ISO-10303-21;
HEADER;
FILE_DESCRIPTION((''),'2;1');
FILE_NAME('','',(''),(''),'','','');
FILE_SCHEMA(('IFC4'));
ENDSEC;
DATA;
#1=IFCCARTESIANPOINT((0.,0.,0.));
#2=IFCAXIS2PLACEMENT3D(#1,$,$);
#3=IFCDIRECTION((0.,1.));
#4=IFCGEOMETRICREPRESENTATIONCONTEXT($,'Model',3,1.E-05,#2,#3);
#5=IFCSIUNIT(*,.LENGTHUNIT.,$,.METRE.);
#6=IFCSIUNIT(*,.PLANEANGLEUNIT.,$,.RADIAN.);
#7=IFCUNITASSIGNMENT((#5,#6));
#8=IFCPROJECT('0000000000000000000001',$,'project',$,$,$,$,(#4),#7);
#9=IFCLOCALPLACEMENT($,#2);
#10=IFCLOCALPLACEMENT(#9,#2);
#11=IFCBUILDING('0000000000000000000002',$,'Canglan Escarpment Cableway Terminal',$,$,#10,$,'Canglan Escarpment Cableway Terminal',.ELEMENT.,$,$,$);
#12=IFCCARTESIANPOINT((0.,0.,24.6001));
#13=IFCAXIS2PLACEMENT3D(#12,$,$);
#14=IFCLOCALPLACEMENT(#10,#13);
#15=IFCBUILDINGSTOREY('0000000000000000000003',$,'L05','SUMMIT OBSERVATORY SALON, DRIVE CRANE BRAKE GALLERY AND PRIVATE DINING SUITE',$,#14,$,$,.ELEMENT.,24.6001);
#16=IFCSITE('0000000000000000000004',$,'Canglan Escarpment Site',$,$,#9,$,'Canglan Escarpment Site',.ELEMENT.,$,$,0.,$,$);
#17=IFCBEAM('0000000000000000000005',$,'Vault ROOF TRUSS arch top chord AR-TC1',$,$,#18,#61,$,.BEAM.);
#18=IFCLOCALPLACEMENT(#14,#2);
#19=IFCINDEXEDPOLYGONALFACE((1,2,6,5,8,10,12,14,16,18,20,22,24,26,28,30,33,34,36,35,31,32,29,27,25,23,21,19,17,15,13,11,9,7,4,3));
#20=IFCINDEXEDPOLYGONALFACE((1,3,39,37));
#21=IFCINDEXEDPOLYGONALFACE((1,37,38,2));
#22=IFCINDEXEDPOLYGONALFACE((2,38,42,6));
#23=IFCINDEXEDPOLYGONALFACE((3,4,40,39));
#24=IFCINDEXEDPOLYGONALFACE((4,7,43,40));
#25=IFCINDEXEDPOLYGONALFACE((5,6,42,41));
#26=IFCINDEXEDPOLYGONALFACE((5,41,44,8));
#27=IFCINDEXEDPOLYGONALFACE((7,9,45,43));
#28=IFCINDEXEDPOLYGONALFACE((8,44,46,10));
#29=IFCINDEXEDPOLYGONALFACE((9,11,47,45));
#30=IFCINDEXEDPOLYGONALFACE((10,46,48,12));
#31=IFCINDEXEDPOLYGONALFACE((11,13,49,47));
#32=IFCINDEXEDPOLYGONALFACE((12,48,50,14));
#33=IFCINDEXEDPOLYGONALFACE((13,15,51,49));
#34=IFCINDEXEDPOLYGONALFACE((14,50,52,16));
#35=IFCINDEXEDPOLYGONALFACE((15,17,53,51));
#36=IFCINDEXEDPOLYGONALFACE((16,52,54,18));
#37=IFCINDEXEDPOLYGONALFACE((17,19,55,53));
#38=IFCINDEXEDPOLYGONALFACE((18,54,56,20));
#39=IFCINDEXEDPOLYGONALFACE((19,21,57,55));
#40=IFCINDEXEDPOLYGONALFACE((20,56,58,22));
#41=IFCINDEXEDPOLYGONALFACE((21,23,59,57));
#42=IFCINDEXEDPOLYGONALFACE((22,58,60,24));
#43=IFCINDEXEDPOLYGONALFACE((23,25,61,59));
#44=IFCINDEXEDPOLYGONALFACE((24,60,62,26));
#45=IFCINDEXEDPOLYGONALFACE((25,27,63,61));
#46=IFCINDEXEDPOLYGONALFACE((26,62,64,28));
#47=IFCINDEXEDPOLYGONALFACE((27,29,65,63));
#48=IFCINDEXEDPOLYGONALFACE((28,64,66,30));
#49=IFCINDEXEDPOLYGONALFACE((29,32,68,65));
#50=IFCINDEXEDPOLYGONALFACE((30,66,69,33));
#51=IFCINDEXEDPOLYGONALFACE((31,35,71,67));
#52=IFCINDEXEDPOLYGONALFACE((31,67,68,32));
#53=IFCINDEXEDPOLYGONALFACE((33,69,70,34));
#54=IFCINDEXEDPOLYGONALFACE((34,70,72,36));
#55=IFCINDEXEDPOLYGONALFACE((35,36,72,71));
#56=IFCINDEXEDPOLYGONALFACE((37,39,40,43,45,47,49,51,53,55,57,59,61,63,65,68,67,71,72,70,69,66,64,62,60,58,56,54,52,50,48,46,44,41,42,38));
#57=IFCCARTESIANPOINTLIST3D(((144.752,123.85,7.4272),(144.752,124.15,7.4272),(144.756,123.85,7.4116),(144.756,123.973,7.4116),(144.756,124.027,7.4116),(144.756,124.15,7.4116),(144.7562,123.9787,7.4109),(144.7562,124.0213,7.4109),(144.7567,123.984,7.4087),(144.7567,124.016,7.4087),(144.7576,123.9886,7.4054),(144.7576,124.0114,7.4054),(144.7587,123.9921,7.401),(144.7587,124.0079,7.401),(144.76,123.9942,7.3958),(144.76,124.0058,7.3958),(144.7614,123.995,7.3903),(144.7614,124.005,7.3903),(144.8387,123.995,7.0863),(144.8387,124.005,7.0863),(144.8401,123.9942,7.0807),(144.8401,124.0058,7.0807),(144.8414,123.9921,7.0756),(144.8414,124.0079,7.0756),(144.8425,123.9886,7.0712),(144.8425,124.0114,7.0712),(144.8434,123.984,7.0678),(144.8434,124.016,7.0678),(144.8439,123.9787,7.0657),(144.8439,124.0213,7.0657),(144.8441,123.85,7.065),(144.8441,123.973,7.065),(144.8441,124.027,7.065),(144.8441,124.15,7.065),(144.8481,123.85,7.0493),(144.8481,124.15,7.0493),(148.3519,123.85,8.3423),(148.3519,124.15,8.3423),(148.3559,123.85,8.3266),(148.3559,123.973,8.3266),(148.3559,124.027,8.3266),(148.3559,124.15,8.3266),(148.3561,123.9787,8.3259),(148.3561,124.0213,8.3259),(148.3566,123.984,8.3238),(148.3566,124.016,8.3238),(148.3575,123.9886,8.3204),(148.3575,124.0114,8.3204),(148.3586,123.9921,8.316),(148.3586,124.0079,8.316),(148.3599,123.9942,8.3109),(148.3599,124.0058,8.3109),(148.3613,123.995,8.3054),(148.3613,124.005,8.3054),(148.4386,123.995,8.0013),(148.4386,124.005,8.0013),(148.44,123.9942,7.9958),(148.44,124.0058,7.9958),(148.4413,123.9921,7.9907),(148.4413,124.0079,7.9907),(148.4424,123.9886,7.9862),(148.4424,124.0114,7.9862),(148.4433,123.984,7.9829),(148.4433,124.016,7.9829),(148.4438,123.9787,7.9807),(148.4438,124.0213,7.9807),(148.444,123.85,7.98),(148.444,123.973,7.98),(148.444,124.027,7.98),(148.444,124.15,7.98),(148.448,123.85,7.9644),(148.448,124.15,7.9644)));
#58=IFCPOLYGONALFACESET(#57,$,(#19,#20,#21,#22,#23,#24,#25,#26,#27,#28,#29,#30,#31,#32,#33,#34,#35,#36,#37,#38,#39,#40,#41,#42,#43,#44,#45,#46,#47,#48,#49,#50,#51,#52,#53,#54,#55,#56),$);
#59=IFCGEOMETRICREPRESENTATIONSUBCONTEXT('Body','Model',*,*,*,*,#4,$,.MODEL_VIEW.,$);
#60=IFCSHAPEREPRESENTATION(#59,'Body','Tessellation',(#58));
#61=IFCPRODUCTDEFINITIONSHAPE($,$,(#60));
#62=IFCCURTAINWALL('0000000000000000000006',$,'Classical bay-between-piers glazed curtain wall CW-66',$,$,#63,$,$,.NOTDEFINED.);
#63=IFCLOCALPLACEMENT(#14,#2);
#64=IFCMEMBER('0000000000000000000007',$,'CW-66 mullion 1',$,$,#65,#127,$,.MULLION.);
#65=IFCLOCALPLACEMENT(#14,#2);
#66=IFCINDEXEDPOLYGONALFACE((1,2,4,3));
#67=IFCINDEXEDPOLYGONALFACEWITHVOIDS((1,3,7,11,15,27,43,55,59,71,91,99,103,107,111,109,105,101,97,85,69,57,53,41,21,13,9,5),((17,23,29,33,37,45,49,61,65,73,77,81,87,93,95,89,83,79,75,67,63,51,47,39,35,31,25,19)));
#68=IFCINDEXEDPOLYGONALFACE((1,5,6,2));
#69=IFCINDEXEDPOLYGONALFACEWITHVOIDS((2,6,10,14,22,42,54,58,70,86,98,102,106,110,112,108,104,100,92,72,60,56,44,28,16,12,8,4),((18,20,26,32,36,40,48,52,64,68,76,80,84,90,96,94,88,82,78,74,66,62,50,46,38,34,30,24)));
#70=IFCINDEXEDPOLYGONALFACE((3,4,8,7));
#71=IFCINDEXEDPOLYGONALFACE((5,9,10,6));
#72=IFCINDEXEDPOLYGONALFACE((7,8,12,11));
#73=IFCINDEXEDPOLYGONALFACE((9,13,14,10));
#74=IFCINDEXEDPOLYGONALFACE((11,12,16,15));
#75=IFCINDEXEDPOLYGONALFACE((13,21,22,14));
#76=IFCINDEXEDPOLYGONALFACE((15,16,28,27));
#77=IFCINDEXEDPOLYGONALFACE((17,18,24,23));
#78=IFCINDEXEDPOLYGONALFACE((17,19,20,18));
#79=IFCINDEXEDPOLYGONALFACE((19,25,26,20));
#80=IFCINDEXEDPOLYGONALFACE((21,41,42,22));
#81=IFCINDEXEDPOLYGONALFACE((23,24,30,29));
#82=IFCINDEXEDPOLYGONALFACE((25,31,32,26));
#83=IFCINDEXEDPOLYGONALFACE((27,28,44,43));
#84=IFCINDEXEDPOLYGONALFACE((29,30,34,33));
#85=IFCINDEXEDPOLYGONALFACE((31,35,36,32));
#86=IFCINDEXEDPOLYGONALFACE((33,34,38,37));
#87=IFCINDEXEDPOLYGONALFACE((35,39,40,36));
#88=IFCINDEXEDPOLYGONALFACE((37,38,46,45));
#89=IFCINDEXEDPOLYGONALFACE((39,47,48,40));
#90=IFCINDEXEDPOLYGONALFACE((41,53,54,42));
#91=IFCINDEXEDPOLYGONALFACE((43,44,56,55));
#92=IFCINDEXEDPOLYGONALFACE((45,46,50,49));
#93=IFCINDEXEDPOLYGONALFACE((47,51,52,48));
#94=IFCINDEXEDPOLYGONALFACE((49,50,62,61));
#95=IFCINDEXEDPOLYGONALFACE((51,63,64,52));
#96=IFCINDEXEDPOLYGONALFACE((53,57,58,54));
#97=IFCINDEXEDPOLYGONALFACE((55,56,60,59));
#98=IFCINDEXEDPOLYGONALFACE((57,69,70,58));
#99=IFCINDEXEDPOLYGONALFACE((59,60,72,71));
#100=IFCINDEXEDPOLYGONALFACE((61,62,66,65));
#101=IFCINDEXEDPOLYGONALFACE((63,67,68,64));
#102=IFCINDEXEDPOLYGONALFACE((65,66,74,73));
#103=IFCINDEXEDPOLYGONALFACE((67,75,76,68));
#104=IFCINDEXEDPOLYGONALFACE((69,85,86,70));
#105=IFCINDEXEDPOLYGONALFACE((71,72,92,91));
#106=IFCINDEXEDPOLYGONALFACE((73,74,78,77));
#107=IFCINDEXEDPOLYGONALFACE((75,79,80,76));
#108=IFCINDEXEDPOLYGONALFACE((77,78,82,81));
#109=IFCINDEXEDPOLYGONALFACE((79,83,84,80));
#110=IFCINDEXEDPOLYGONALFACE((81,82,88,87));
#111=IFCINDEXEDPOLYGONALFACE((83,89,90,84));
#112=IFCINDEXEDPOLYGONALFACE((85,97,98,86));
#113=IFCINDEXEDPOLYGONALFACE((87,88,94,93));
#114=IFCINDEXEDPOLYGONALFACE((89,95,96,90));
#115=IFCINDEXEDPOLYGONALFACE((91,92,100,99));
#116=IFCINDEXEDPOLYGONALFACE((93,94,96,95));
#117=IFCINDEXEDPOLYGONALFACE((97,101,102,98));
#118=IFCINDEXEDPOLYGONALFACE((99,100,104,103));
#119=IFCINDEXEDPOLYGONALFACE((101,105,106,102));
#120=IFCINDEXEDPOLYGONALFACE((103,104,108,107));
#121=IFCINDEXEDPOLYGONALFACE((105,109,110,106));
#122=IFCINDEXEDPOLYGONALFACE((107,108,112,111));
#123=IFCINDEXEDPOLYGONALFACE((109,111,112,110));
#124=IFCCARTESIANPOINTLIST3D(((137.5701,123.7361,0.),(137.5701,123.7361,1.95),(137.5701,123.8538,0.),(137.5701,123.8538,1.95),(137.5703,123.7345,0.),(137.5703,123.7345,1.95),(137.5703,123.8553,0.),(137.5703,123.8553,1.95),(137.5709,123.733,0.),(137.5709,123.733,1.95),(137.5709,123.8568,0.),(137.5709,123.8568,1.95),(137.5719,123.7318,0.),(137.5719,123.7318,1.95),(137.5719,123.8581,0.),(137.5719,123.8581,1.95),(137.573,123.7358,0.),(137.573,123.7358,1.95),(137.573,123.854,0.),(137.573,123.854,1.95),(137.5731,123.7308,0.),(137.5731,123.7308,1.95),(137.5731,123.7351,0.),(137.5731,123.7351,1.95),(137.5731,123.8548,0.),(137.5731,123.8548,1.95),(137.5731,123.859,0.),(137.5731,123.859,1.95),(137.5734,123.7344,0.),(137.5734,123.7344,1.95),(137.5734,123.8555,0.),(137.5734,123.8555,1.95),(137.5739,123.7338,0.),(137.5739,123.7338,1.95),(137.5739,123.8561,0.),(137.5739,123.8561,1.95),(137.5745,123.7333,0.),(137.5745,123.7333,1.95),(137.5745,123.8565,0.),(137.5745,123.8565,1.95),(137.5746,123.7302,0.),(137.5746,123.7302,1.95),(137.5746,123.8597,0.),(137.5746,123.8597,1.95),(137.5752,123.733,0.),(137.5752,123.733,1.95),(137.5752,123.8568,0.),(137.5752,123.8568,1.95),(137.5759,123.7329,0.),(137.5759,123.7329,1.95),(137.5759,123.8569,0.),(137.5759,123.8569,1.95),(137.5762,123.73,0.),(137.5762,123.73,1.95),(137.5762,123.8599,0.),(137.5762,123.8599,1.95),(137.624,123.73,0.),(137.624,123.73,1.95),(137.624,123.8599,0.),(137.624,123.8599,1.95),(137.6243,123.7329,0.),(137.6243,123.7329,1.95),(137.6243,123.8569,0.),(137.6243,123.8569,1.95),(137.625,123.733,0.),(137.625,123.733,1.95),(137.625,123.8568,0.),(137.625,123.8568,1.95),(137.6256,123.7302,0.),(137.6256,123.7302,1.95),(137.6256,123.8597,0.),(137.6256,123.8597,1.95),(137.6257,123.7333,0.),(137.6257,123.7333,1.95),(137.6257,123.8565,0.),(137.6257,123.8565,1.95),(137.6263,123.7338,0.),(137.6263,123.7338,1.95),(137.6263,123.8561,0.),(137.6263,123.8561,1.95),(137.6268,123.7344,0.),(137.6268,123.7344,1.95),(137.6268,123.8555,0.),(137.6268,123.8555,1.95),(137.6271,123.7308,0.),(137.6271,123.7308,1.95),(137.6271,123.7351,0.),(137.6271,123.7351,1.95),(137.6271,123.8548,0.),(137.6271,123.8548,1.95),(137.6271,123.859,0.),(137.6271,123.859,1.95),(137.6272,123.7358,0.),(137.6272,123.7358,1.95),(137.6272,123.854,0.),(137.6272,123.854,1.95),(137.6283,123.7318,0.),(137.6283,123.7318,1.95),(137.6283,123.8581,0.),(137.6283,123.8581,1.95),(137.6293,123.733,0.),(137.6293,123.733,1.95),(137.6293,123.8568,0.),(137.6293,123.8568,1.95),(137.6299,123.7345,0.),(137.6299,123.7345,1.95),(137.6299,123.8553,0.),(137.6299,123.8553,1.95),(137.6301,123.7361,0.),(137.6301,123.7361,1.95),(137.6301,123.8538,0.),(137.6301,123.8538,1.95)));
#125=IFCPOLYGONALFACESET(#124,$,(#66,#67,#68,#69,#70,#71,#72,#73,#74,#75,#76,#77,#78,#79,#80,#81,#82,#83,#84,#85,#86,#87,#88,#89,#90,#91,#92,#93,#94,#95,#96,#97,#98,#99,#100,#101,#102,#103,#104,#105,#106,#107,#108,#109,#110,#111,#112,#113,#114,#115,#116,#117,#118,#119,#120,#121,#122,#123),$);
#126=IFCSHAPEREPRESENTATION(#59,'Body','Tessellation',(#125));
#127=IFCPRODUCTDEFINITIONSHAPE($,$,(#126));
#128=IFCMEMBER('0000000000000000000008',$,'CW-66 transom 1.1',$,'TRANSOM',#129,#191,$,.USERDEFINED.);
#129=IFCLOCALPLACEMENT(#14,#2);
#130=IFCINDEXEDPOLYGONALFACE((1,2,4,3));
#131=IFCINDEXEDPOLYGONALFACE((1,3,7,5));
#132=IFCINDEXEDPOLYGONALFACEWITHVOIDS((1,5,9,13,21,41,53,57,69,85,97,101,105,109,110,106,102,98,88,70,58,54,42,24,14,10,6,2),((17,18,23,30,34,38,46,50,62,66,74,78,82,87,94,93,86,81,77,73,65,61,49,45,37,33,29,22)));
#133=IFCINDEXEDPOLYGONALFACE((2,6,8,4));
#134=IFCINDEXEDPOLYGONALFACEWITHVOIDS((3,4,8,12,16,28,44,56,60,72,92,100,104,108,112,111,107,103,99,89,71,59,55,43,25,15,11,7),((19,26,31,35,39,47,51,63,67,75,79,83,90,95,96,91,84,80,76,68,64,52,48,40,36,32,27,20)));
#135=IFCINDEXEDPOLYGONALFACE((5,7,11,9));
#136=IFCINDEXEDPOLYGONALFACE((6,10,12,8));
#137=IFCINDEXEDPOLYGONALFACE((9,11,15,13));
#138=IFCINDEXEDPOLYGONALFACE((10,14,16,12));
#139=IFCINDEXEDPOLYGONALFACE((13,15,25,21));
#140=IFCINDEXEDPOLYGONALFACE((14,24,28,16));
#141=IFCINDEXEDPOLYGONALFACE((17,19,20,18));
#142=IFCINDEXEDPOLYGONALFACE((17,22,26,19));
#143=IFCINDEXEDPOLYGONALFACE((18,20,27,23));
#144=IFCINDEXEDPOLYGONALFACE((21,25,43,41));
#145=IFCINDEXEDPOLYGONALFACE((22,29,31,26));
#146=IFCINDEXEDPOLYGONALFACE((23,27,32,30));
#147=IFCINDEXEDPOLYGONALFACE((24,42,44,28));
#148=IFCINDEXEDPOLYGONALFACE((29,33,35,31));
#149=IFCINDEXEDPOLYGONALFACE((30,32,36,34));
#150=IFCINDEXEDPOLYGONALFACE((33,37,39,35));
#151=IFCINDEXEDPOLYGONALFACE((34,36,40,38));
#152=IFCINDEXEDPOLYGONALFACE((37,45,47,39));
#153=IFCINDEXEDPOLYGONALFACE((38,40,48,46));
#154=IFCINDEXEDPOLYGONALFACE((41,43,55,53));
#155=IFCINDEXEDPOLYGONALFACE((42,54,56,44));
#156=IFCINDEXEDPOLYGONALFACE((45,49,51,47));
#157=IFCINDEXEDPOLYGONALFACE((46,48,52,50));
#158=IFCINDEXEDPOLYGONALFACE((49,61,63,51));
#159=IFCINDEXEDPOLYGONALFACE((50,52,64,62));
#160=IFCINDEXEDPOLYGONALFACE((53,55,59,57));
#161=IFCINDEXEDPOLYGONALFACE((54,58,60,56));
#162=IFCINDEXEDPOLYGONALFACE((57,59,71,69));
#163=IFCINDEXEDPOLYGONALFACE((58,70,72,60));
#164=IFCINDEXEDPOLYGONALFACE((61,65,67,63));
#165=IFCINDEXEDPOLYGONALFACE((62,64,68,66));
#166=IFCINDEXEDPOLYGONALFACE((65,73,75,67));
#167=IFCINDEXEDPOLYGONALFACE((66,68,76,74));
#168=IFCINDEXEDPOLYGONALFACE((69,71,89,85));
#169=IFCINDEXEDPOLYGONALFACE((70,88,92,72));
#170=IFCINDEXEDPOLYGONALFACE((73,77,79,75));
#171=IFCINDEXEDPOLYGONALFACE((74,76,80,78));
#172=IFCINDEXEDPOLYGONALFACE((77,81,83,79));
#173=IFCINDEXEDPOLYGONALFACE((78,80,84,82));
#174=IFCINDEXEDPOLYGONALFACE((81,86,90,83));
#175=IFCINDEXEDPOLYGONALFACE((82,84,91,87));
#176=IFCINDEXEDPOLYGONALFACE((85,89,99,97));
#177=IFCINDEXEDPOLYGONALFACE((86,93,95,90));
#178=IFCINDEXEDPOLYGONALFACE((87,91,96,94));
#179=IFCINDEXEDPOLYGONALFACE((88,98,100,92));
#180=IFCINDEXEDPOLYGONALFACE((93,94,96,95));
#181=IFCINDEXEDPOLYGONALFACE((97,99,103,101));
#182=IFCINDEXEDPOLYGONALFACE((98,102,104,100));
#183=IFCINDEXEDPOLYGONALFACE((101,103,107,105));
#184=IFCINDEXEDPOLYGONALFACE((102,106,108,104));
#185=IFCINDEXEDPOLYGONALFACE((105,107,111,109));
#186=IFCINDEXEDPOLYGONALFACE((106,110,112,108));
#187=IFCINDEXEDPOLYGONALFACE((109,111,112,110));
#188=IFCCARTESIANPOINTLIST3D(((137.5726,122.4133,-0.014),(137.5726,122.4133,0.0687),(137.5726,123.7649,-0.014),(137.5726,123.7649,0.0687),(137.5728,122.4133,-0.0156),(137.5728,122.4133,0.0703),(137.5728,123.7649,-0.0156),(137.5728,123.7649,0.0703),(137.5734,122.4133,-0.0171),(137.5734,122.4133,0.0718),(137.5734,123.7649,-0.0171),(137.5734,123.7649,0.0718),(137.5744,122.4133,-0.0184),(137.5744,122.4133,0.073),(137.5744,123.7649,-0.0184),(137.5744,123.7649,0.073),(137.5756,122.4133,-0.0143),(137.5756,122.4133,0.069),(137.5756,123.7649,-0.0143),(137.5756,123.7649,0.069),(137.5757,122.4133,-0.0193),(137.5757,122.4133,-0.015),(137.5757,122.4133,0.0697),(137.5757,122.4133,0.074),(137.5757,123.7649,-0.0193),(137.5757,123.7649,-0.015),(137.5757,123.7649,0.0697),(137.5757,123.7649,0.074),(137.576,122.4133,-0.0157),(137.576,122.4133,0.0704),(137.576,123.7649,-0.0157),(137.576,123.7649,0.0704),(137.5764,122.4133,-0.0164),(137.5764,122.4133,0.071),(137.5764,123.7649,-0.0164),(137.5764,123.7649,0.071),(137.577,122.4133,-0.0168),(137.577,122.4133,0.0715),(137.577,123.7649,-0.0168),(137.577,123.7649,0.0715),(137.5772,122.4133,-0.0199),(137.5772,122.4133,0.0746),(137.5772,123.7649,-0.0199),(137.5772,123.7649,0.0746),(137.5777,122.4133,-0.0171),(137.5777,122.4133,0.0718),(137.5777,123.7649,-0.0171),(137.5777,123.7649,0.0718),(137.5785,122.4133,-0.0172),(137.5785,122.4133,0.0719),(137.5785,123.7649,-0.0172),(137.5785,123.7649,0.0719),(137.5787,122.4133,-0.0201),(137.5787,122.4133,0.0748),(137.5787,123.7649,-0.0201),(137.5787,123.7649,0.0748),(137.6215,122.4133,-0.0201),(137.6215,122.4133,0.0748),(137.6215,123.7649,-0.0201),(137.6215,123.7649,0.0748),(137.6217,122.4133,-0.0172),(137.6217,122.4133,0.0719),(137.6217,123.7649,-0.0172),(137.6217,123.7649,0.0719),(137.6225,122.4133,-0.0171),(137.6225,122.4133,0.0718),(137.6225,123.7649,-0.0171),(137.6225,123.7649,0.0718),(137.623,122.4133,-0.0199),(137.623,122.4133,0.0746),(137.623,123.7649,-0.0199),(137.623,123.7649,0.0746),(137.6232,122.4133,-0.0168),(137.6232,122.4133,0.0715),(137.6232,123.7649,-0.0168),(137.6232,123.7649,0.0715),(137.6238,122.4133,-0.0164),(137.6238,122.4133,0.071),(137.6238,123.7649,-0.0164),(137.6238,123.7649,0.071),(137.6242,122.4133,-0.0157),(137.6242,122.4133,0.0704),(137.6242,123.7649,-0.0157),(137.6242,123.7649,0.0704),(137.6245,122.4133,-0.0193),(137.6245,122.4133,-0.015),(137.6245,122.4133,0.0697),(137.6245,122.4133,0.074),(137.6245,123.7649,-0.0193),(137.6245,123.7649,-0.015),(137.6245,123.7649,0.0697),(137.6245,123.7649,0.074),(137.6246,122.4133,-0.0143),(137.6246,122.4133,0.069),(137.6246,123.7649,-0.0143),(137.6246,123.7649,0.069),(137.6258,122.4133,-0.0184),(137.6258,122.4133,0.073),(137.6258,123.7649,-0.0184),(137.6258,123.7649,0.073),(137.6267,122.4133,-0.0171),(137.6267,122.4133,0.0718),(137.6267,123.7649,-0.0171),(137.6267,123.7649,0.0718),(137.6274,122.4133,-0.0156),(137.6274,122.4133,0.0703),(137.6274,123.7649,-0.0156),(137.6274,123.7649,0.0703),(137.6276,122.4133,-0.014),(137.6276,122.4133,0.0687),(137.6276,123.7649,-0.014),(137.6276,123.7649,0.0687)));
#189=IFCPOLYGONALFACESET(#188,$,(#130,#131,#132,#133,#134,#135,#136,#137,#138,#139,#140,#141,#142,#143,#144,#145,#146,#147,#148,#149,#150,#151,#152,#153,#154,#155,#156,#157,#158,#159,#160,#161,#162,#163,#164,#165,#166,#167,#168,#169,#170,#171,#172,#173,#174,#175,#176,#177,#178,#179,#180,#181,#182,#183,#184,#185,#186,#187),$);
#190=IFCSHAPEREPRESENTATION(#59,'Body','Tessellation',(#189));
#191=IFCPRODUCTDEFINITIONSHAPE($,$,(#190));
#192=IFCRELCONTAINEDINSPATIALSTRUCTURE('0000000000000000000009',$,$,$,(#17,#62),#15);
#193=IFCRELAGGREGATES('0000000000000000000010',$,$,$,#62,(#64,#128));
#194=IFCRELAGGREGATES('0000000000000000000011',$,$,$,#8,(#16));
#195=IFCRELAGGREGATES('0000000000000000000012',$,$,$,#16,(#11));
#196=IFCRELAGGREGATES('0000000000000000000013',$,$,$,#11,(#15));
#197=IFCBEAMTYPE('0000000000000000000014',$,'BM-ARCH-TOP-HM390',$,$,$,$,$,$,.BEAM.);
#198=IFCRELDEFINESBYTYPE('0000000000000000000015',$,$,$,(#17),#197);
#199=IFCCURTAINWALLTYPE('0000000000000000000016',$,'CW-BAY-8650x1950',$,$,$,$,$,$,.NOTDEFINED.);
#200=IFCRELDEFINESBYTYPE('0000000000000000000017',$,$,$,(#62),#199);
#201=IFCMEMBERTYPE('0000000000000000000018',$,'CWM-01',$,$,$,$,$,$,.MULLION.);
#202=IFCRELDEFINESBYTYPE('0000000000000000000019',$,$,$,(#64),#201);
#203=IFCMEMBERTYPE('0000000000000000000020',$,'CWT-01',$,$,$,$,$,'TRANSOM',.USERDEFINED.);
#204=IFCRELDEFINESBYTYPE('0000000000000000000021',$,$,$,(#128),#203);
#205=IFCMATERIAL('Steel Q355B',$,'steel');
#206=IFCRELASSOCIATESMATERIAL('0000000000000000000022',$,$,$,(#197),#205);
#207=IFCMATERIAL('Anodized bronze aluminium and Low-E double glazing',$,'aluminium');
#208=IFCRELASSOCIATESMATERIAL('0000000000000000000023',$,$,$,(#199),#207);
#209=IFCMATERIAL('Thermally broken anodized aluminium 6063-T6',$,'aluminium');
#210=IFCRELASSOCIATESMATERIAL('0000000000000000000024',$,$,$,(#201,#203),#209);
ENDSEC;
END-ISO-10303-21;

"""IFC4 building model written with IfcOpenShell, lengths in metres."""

from ifc_helpers import new_model, si_unit, direction, frame, origin, origin_2d, place, context, subcontext, project, spatial, hollow_rectangle, i_section, extrude, material, material_profile, profile_set, type_object, element, aggregate, save


model = new_model("IFC4")

# Units and contexts
model_context = context("Model", 3, precision=1e-05, world=origin(), true_north=direction((0.0, 1.0)))
body_context = subcontext(model_context, "Body", "Model", "MODEL_VIEW")
ifc_project = project(units=[si_unit("LENGTHUNIT", "METRE"), si_unit("PLANEANGLEUNIT", "RADIAN")], contexts=[model_context])

# Site, building, storey
site_placement = place(None, origin())
site = spatial("IfcSite", under=ifc_project, at=site_placement, Name="Canglan Escarpment Site", LongName="Canglan Escarpment Site", CompositionType="ELEMENT", RefElevation=0.0)
building_placement = place(site_placement, origin())
building = spatial("IfcBuilding", under=site, at=building_placement, Name="Canglan Escarpment Cableway Terminal", LongName="Canglan Escarpment Cableway Terminal", CompositionType="ELEMENT")
storey_placement = place(building_placement, frame((0.0, 0.0, 24.6001)))
storey = spatial("IfcBuildingStorey", under=building, at=storey_placement, Name="L05", Description="SUMMIT OBSERVATORY SALON, DRIVE CRANE BRAKE GALLERY AND PRIVATE DINING SUITE", CompositionType="ELEMENT", Elevation=24.6001)

# Beam
ifc_material_1 = material(Name="Steel Q355B", Category="steel")
ifc_material_profile_1 = material_profile(ifc_material_1, i_section(OverallWidth=0.3, OverallDepth=0.3899, WebThickness=0.01, FlangeThickness=0.0161, FilletRadius=0.022, at=origin_2d()), Name="HM 390x300x10x16")
ifc_profile_set_1 = profile_set([ifc_material_profile_1], Name="Steel Q355B")
beam_type = type_object("IfcBeamType", Name="BM-ARCH-TOP-HM390", PredefinedType="BEAM", material=ifc_profile_set_1)
beam_1_placement = place(storey_placement, frame((144.8, 124.0, 7.2383), z_axis=(0.96918, 0.0, 0.246354), x_axis=(0.0, 1.0, 0.0)))
element("IfcBeam", 1, at=beam_1_placement, inside=storey, type_object=beam_type, Name="Vault ROOF TRUSS arch top chord AR-TC1", PredefinedType="BEAM", context=body_context, shape_type="SweptSolid", body=[
    extrude(i_section(OverallWidth=0.3, OverallDepth=0.3899, WebThickness=0.01, FlangeThickness=0.0161, FilletRadius=0.022, at=origin_2d()), origin(), (0.0, 0.0, 1.0), 3.7144),
])

# Curtain wall, members
ifc_material_2 = material(Name="Anodized bronze aluminium and Low-E double glazing", Category="aluminium")
curtain_wall_type = type_object("IfcCurtainWallType", Name="CW-BAY-8650x1950", PredefinedType="NOTDEFINED", material=ifc_material_2)
curtain_wall_placement = place(storey_placement, origin())
curtain_wall = element("IfcCurtainWall", 2, at=curtain_wall_placement, inside=storey, type_object=curtain_wall_type, Name="Classical bay-between-piers glazed curtain wall CW-66", PredefinedType="NOTDEFINED")
ifc_material_3 = material(Name="Thermally broken anodized aluminium 6063-T6", Category="aluminium")
ifc_material_profile_2 = material_profile(ifc_material_3, hollow_rectangle(XDim=0.0601, YDim=0.1299, WallThickness=0.0029, InnerFilletRadius=0.0029, OuterFilletRadius=0.0061, at=origin_2d()), Name="ALU-MULL 60x130x3")
ifc_profile_set_2 = profile_set([ifc_material_profile_2], Name="Thermally broken anodized aluminium 6063-T6")
member_type_1 = type_object("IfcMemberType", Name="CWM-01", PredefinedType="MULLION", material=ifc_profile_set_2)
member_1_placement = place(storey_placement, frame((137.6001, 123.7949, 0.0), z_axis=(0.0, 0.0, 1.0), x_axis=(1.0, 0.0, 0.0)))
member_1 = element("IfcMember", 3, at=member_1_placement, type_object=member_type_1, Name="CW-66 mullion 1", PredefinedType="MULLION", context=body_context, shape_type="SweptSolid", body=[
    extrude(hollow_rectangle(XDim=0.0601, YDim=0.1299, WallThickness=0.0029, InnerFilletRadius=0.0029, OuterFilletRadius=0.0061, at=origin_2d()), origin(), (0.0, 0.0, 1.0), 1.95),
])
ifc_material_profile_3 = material_profile(ifc_material_3, hollow_rectangle(XDim=0.0549, YDim=0.095, WallThickness=0.0029, InnerFilletRadius=0.0029, OuterFilletRadius=0.0061, at=origin_2d()), Name="ALU-TRAN 55x95x3")
ifc_profile_set_3 = profile_set([ifc_material_profile_3], Name="Thermally broken anodized aluminium 6063-T6")
member_type_2 = type_object("IfcMemberType", Name="CWT-01", ElementType="TRANSOM", PredefinedType="USERDEFINED", material=ifc_profile_set_3)
member_2_placement = place(storey_placement, frame((137.6001, 123.7649, 0.0273), z_axis=(0.0, -1.0, 0.0), x_axis=(1.0, 0.0, 0.0)))
member_2 = element("IfcMember", 4, at=member_2_placement, type_object=member_type_2, Name="CW-66 transom 1.1", ObjectType="TRANSOM", PredefinedType="USERDEFINED", context=body_context, shape_type="SweptSolid", body=[
    extrude(hollow_rectangle(XDim=0.0549, YDim=0.095, WallThickness=0.0029, InnerFilletRadius=0.0029, OuterFilletRadius=0.0061, at=origin_2d()), origin(), (0.0, 0.0, 1.0), 1.3516),
])
aggregate(curtain_wall, [member_1, member_2])

save(model, "model.ifc")
